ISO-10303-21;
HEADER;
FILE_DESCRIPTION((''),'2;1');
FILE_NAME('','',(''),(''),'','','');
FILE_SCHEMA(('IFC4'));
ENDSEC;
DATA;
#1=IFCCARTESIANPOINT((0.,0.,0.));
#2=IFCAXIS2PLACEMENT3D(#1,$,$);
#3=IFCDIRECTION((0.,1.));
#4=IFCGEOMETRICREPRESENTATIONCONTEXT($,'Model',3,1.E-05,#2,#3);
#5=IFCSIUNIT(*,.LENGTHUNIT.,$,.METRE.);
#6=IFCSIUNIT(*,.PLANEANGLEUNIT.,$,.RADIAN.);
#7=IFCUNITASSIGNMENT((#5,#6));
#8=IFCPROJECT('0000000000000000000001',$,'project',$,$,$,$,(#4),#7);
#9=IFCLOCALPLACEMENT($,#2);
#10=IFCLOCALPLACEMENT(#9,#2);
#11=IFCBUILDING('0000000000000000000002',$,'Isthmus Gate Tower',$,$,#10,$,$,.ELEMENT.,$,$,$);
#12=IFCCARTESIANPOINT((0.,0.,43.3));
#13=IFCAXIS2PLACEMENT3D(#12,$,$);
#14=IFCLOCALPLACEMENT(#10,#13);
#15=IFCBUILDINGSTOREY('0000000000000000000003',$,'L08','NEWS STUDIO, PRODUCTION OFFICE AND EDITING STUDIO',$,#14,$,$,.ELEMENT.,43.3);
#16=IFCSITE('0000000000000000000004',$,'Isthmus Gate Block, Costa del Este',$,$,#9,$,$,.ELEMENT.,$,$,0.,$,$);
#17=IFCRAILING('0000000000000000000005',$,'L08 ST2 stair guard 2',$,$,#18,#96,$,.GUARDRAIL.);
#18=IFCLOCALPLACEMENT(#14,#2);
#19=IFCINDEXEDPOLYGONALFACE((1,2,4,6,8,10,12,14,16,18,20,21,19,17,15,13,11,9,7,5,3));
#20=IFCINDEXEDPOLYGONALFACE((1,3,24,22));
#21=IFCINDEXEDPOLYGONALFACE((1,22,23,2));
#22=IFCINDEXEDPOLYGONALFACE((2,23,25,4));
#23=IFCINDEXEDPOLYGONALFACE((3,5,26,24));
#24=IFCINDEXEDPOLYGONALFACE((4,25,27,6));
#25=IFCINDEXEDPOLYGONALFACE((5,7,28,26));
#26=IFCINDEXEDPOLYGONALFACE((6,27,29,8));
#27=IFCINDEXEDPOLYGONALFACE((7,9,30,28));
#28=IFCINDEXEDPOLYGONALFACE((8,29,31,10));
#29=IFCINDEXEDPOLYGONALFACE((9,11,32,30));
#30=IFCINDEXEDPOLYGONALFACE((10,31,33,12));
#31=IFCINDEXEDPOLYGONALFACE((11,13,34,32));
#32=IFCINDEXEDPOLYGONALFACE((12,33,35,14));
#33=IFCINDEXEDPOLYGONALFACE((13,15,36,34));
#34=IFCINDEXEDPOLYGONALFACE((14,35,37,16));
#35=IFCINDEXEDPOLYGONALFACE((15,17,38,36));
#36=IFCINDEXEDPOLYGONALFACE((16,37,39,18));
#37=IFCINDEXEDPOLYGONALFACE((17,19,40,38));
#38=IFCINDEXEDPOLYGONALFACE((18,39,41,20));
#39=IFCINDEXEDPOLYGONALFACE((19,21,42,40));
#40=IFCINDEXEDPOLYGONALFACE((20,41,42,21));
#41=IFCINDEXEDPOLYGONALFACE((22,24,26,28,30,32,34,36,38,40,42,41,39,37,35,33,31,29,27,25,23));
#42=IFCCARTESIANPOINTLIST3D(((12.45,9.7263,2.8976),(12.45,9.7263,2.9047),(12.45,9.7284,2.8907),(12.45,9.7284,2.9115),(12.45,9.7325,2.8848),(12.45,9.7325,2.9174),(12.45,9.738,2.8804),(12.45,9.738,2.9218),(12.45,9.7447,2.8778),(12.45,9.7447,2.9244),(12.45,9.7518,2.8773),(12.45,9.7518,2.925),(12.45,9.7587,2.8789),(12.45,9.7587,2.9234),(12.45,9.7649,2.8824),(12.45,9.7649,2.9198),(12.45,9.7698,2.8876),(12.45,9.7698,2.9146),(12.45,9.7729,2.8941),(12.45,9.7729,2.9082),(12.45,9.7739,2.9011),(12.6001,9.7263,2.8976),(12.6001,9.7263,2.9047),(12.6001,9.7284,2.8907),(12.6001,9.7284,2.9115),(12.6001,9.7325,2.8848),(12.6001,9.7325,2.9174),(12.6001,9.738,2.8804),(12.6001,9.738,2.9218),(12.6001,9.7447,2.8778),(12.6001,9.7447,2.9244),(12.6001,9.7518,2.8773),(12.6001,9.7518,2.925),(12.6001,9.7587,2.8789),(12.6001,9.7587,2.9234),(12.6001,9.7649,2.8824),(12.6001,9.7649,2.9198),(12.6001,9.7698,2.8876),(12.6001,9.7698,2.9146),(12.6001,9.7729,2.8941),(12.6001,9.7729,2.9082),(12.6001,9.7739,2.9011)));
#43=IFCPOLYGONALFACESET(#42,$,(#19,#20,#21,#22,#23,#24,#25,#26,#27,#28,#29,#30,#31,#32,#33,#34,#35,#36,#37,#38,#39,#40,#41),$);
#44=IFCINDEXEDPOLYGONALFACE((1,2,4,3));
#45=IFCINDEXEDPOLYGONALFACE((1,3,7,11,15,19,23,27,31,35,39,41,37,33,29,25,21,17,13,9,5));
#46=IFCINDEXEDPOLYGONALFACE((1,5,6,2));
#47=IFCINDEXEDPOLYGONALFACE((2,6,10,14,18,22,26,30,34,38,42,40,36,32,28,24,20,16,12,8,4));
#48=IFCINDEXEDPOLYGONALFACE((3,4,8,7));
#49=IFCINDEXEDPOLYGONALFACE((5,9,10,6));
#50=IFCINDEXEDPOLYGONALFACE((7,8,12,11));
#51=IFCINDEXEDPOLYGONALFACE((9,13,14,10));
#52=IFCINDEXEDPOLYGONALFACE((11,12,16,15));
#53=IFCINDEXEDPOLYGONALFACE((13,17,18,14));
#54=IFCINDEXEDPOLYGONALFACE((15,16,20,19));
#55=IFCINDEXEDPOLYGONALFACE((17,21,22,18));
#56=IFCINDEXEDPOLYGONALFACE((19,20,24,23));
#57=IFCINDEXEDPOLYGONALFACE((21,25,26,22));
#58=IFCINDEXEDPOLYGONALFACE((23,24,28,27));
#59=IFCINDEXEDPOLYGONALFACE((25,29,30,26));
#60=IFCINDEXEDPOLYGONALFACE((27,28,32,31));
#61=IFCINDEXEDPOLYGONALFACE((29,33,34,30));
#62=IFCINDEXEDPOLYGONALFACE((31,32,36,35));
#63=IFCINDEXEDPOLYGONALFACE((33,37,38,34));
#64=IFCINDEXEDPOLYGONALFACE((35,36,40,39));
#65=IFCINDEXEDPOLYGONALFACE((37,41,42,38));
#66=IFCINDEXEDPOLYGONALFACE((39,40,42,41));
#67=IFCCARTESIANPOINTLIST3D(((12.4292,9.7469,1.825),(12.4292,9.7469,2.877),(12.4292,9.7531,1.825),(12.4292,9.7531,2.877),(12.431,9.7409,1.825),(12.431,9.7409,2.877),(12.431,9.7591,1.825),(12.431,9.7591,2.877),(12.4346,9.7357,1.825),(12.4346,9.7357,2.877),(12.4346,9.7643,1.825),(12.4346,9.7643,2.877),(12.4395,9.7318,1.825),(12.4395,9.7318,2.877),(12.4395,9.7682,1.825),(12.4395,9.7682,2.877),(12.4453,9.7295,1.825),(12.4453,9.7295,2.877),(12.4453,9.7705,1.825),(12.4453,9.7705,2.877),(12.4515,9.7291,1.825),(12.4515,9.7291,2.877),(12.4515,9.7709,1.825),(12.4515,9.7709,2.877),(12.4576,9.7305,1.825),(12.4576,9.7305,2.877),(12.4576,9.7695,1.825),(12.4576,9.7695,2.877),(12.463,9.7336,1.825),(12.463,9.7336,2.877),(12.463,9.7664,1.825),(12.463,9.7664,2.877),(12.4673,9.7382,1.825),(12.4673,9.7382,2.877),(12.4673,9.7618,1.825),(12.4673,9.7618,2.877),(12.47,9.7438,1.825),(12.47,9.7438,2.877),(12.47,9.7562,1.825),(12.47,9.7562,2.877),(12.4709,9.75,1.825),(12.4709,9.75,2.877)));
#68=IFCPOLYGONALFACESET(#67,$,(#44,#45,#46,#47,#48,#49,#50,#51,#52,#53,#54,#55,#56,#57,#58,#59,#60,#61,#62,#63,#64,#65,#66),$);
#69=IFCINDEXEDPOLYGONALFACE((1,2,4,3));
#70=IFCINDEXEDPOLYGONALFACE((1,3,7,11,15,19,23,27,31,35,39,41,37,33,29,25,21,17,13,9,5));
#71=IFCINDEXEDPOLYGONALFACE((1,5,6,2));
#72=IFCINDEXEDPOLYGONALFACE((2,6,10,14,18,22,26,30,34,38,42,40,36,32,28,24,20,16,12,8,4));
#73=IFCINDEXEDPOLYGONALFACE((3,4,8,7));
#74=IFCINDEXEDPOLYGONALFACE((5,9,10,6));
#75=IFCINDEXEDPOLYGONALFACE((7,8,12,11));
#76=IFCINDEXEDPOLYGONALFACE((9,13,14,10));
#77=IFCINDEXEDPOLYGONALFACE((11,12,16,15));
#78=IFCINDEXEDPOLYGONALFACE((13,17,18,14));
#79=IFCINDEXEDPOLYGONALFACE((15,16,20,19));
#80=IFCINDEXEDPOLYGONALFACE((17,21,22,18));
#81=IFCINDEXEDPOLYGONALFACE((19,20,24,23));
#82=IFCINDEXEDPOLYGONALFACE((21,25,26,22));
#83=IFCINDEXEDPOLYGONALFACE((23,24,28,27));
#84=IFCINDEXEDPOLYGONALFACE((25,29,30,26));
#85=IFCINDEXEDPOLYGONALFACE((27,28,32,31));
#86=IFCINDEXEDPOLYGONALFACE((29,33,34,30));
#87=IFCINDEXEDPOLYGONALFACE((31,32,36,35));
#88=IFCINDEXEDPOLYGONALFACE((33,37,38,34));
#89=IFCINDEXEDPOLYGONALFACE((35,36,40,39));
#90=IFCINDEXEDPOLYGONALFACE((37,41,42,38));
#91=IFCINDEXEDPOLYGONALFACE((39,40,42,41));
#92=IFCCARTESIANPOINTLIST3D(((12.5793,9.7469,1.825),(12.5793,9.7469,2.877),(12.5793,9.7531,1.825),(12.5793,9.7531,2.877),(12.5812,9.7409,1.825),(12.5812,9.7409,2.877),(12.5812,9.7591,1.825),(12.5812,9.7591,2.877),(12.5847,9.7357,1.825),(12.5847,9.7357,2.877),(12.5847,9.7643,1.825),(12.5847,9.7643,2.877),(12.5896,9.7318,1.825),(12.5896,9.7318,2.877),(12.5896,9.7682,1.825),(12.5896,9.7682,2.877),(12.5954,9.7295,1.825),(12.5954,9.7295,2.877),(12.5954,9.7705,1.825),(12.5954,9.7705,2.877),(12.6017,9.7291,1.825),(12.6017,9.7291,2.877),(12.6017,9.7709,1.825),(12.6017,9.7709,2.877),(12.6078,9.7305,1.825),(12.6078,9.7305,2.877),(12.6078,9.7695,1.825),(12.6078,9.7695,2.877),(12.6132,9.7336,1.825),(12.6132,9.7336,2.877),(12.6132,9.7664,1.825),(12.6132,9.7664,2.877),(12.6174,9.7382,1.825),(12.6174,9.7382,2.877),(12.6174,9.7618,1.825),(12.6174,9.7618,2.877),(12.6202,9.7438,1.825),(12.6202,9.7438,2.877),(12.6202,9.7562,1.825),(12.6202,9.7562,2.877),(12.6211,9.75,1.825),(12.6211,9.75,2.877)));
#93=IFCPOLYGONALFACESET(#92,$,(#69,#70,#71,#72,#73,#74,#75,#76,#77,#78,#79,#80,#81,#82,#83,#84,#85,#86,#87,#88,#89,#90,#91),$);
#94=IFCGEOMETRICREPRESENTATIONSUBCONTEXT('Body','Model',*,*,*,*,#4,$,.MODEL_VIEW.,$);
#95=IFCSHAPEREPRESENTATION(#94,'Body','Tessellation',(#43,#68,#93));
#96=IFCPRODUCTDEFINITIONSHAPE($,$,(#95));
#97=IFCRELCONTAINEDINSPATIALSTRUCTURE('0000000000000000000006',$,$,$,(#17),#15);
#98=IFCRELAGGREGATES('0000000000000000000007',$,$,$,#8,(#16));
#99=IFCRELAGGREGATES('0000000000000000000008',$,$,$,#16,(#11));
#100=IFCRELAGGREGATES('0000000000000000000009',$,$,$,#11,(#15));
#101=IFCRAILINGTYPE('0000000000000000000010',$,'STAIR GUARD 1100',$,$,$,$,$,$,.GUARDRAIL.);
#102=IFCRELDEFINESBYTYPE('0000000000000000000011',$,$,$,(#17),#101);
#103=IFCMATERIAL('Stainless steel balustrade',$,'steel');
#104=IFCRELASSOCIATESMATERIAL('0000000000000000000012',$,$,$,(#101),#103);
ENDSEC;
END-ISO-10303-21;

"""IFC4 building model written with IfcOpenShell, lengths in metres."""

from ifc_helpers import new_model, si_unit, direction, frame, origin, origin_2d, place, context, subcontext, project, spatial, circle, extrude, material, type_object, element, save


model = new_model("IFC4")

# Units and contexts
model_context = context("Model", 3, precision=1e-05, world=origin(), true_north=direction((0.0, 1.0)))
body_context = subcontext(model_context, "Body", "Model", "MODEL_VIEW")
ifc_project = project(units=[si_unit("LENGTHUNIT", "METRE"), si_unit("PLANEANGLEUNIT", "RADIAN")], contexts=[model_context])

# Site, building, storey
site_placement = place(None, origin())
site = spatial("IfcSite", under=ifc_project, at=site_placement, Name="Isthmus Gate Block, Costa del Este", CompositionType="ELEMENT", RefElevation=0.0)
building_placement = place(site_placement, origin())
building = spatial("IfcBuilding", under=site, at=building_placement, Name="Isthmus Gate Tower", CompositionType="ELEMENT")
storey_placement = place(building_placement, frame((0.0, 0.0, 43.3)))
storey = spatial("IfcBuildingStorey", under=building, at=storey_placement, Name="L08", Description="NEWS STUDIO, PRODUCTION OFFICE AND EDITING STUDIO", CompositionType="ELEMENT", Elevation=43.3)

# Railing
ifc_material_1 = material(Name="Stainless steel balustrade", Category="steel")
railing_type_1 = type_object("IfcRailingType", Name="STAIR GUARD 1100", PredefinedType="GUARDRAIL", material=ifc_material_1)
railing_1_placement = place(storey_placement, frame((12.45, 9.75, 1.825)))
element("IfcRailing", 1, at=railing_1_placement, inside=storey, type_object=railing_type_1, Name="L08 ST2 stair guard 2", PredefinedType="GUARDRAIL", context=body_context, shape_type="SweptSolid", body=[
    extrude(circle(Radius=0.0239, at=origin_2d()), frame((0.0, 0.0, 1.0762), z_axis=(1.0, 0.0, 0.0), x_axis=(0.0, 1.0, 0.0)), (0.0, 0.0, 1.0), 0.1501),
    extrude(circle(Radius=0.021, at=origin_2d()), origin(), (0.0, 0.0, 1.0), 1.052),
    extrude(circle(Radius=0.021, at=origin_2d()), frame((0.1501, 0.0, 0.0)), (0.0, 0.0, 1.0), 1.052),
])

save(model, "model.ifc")
